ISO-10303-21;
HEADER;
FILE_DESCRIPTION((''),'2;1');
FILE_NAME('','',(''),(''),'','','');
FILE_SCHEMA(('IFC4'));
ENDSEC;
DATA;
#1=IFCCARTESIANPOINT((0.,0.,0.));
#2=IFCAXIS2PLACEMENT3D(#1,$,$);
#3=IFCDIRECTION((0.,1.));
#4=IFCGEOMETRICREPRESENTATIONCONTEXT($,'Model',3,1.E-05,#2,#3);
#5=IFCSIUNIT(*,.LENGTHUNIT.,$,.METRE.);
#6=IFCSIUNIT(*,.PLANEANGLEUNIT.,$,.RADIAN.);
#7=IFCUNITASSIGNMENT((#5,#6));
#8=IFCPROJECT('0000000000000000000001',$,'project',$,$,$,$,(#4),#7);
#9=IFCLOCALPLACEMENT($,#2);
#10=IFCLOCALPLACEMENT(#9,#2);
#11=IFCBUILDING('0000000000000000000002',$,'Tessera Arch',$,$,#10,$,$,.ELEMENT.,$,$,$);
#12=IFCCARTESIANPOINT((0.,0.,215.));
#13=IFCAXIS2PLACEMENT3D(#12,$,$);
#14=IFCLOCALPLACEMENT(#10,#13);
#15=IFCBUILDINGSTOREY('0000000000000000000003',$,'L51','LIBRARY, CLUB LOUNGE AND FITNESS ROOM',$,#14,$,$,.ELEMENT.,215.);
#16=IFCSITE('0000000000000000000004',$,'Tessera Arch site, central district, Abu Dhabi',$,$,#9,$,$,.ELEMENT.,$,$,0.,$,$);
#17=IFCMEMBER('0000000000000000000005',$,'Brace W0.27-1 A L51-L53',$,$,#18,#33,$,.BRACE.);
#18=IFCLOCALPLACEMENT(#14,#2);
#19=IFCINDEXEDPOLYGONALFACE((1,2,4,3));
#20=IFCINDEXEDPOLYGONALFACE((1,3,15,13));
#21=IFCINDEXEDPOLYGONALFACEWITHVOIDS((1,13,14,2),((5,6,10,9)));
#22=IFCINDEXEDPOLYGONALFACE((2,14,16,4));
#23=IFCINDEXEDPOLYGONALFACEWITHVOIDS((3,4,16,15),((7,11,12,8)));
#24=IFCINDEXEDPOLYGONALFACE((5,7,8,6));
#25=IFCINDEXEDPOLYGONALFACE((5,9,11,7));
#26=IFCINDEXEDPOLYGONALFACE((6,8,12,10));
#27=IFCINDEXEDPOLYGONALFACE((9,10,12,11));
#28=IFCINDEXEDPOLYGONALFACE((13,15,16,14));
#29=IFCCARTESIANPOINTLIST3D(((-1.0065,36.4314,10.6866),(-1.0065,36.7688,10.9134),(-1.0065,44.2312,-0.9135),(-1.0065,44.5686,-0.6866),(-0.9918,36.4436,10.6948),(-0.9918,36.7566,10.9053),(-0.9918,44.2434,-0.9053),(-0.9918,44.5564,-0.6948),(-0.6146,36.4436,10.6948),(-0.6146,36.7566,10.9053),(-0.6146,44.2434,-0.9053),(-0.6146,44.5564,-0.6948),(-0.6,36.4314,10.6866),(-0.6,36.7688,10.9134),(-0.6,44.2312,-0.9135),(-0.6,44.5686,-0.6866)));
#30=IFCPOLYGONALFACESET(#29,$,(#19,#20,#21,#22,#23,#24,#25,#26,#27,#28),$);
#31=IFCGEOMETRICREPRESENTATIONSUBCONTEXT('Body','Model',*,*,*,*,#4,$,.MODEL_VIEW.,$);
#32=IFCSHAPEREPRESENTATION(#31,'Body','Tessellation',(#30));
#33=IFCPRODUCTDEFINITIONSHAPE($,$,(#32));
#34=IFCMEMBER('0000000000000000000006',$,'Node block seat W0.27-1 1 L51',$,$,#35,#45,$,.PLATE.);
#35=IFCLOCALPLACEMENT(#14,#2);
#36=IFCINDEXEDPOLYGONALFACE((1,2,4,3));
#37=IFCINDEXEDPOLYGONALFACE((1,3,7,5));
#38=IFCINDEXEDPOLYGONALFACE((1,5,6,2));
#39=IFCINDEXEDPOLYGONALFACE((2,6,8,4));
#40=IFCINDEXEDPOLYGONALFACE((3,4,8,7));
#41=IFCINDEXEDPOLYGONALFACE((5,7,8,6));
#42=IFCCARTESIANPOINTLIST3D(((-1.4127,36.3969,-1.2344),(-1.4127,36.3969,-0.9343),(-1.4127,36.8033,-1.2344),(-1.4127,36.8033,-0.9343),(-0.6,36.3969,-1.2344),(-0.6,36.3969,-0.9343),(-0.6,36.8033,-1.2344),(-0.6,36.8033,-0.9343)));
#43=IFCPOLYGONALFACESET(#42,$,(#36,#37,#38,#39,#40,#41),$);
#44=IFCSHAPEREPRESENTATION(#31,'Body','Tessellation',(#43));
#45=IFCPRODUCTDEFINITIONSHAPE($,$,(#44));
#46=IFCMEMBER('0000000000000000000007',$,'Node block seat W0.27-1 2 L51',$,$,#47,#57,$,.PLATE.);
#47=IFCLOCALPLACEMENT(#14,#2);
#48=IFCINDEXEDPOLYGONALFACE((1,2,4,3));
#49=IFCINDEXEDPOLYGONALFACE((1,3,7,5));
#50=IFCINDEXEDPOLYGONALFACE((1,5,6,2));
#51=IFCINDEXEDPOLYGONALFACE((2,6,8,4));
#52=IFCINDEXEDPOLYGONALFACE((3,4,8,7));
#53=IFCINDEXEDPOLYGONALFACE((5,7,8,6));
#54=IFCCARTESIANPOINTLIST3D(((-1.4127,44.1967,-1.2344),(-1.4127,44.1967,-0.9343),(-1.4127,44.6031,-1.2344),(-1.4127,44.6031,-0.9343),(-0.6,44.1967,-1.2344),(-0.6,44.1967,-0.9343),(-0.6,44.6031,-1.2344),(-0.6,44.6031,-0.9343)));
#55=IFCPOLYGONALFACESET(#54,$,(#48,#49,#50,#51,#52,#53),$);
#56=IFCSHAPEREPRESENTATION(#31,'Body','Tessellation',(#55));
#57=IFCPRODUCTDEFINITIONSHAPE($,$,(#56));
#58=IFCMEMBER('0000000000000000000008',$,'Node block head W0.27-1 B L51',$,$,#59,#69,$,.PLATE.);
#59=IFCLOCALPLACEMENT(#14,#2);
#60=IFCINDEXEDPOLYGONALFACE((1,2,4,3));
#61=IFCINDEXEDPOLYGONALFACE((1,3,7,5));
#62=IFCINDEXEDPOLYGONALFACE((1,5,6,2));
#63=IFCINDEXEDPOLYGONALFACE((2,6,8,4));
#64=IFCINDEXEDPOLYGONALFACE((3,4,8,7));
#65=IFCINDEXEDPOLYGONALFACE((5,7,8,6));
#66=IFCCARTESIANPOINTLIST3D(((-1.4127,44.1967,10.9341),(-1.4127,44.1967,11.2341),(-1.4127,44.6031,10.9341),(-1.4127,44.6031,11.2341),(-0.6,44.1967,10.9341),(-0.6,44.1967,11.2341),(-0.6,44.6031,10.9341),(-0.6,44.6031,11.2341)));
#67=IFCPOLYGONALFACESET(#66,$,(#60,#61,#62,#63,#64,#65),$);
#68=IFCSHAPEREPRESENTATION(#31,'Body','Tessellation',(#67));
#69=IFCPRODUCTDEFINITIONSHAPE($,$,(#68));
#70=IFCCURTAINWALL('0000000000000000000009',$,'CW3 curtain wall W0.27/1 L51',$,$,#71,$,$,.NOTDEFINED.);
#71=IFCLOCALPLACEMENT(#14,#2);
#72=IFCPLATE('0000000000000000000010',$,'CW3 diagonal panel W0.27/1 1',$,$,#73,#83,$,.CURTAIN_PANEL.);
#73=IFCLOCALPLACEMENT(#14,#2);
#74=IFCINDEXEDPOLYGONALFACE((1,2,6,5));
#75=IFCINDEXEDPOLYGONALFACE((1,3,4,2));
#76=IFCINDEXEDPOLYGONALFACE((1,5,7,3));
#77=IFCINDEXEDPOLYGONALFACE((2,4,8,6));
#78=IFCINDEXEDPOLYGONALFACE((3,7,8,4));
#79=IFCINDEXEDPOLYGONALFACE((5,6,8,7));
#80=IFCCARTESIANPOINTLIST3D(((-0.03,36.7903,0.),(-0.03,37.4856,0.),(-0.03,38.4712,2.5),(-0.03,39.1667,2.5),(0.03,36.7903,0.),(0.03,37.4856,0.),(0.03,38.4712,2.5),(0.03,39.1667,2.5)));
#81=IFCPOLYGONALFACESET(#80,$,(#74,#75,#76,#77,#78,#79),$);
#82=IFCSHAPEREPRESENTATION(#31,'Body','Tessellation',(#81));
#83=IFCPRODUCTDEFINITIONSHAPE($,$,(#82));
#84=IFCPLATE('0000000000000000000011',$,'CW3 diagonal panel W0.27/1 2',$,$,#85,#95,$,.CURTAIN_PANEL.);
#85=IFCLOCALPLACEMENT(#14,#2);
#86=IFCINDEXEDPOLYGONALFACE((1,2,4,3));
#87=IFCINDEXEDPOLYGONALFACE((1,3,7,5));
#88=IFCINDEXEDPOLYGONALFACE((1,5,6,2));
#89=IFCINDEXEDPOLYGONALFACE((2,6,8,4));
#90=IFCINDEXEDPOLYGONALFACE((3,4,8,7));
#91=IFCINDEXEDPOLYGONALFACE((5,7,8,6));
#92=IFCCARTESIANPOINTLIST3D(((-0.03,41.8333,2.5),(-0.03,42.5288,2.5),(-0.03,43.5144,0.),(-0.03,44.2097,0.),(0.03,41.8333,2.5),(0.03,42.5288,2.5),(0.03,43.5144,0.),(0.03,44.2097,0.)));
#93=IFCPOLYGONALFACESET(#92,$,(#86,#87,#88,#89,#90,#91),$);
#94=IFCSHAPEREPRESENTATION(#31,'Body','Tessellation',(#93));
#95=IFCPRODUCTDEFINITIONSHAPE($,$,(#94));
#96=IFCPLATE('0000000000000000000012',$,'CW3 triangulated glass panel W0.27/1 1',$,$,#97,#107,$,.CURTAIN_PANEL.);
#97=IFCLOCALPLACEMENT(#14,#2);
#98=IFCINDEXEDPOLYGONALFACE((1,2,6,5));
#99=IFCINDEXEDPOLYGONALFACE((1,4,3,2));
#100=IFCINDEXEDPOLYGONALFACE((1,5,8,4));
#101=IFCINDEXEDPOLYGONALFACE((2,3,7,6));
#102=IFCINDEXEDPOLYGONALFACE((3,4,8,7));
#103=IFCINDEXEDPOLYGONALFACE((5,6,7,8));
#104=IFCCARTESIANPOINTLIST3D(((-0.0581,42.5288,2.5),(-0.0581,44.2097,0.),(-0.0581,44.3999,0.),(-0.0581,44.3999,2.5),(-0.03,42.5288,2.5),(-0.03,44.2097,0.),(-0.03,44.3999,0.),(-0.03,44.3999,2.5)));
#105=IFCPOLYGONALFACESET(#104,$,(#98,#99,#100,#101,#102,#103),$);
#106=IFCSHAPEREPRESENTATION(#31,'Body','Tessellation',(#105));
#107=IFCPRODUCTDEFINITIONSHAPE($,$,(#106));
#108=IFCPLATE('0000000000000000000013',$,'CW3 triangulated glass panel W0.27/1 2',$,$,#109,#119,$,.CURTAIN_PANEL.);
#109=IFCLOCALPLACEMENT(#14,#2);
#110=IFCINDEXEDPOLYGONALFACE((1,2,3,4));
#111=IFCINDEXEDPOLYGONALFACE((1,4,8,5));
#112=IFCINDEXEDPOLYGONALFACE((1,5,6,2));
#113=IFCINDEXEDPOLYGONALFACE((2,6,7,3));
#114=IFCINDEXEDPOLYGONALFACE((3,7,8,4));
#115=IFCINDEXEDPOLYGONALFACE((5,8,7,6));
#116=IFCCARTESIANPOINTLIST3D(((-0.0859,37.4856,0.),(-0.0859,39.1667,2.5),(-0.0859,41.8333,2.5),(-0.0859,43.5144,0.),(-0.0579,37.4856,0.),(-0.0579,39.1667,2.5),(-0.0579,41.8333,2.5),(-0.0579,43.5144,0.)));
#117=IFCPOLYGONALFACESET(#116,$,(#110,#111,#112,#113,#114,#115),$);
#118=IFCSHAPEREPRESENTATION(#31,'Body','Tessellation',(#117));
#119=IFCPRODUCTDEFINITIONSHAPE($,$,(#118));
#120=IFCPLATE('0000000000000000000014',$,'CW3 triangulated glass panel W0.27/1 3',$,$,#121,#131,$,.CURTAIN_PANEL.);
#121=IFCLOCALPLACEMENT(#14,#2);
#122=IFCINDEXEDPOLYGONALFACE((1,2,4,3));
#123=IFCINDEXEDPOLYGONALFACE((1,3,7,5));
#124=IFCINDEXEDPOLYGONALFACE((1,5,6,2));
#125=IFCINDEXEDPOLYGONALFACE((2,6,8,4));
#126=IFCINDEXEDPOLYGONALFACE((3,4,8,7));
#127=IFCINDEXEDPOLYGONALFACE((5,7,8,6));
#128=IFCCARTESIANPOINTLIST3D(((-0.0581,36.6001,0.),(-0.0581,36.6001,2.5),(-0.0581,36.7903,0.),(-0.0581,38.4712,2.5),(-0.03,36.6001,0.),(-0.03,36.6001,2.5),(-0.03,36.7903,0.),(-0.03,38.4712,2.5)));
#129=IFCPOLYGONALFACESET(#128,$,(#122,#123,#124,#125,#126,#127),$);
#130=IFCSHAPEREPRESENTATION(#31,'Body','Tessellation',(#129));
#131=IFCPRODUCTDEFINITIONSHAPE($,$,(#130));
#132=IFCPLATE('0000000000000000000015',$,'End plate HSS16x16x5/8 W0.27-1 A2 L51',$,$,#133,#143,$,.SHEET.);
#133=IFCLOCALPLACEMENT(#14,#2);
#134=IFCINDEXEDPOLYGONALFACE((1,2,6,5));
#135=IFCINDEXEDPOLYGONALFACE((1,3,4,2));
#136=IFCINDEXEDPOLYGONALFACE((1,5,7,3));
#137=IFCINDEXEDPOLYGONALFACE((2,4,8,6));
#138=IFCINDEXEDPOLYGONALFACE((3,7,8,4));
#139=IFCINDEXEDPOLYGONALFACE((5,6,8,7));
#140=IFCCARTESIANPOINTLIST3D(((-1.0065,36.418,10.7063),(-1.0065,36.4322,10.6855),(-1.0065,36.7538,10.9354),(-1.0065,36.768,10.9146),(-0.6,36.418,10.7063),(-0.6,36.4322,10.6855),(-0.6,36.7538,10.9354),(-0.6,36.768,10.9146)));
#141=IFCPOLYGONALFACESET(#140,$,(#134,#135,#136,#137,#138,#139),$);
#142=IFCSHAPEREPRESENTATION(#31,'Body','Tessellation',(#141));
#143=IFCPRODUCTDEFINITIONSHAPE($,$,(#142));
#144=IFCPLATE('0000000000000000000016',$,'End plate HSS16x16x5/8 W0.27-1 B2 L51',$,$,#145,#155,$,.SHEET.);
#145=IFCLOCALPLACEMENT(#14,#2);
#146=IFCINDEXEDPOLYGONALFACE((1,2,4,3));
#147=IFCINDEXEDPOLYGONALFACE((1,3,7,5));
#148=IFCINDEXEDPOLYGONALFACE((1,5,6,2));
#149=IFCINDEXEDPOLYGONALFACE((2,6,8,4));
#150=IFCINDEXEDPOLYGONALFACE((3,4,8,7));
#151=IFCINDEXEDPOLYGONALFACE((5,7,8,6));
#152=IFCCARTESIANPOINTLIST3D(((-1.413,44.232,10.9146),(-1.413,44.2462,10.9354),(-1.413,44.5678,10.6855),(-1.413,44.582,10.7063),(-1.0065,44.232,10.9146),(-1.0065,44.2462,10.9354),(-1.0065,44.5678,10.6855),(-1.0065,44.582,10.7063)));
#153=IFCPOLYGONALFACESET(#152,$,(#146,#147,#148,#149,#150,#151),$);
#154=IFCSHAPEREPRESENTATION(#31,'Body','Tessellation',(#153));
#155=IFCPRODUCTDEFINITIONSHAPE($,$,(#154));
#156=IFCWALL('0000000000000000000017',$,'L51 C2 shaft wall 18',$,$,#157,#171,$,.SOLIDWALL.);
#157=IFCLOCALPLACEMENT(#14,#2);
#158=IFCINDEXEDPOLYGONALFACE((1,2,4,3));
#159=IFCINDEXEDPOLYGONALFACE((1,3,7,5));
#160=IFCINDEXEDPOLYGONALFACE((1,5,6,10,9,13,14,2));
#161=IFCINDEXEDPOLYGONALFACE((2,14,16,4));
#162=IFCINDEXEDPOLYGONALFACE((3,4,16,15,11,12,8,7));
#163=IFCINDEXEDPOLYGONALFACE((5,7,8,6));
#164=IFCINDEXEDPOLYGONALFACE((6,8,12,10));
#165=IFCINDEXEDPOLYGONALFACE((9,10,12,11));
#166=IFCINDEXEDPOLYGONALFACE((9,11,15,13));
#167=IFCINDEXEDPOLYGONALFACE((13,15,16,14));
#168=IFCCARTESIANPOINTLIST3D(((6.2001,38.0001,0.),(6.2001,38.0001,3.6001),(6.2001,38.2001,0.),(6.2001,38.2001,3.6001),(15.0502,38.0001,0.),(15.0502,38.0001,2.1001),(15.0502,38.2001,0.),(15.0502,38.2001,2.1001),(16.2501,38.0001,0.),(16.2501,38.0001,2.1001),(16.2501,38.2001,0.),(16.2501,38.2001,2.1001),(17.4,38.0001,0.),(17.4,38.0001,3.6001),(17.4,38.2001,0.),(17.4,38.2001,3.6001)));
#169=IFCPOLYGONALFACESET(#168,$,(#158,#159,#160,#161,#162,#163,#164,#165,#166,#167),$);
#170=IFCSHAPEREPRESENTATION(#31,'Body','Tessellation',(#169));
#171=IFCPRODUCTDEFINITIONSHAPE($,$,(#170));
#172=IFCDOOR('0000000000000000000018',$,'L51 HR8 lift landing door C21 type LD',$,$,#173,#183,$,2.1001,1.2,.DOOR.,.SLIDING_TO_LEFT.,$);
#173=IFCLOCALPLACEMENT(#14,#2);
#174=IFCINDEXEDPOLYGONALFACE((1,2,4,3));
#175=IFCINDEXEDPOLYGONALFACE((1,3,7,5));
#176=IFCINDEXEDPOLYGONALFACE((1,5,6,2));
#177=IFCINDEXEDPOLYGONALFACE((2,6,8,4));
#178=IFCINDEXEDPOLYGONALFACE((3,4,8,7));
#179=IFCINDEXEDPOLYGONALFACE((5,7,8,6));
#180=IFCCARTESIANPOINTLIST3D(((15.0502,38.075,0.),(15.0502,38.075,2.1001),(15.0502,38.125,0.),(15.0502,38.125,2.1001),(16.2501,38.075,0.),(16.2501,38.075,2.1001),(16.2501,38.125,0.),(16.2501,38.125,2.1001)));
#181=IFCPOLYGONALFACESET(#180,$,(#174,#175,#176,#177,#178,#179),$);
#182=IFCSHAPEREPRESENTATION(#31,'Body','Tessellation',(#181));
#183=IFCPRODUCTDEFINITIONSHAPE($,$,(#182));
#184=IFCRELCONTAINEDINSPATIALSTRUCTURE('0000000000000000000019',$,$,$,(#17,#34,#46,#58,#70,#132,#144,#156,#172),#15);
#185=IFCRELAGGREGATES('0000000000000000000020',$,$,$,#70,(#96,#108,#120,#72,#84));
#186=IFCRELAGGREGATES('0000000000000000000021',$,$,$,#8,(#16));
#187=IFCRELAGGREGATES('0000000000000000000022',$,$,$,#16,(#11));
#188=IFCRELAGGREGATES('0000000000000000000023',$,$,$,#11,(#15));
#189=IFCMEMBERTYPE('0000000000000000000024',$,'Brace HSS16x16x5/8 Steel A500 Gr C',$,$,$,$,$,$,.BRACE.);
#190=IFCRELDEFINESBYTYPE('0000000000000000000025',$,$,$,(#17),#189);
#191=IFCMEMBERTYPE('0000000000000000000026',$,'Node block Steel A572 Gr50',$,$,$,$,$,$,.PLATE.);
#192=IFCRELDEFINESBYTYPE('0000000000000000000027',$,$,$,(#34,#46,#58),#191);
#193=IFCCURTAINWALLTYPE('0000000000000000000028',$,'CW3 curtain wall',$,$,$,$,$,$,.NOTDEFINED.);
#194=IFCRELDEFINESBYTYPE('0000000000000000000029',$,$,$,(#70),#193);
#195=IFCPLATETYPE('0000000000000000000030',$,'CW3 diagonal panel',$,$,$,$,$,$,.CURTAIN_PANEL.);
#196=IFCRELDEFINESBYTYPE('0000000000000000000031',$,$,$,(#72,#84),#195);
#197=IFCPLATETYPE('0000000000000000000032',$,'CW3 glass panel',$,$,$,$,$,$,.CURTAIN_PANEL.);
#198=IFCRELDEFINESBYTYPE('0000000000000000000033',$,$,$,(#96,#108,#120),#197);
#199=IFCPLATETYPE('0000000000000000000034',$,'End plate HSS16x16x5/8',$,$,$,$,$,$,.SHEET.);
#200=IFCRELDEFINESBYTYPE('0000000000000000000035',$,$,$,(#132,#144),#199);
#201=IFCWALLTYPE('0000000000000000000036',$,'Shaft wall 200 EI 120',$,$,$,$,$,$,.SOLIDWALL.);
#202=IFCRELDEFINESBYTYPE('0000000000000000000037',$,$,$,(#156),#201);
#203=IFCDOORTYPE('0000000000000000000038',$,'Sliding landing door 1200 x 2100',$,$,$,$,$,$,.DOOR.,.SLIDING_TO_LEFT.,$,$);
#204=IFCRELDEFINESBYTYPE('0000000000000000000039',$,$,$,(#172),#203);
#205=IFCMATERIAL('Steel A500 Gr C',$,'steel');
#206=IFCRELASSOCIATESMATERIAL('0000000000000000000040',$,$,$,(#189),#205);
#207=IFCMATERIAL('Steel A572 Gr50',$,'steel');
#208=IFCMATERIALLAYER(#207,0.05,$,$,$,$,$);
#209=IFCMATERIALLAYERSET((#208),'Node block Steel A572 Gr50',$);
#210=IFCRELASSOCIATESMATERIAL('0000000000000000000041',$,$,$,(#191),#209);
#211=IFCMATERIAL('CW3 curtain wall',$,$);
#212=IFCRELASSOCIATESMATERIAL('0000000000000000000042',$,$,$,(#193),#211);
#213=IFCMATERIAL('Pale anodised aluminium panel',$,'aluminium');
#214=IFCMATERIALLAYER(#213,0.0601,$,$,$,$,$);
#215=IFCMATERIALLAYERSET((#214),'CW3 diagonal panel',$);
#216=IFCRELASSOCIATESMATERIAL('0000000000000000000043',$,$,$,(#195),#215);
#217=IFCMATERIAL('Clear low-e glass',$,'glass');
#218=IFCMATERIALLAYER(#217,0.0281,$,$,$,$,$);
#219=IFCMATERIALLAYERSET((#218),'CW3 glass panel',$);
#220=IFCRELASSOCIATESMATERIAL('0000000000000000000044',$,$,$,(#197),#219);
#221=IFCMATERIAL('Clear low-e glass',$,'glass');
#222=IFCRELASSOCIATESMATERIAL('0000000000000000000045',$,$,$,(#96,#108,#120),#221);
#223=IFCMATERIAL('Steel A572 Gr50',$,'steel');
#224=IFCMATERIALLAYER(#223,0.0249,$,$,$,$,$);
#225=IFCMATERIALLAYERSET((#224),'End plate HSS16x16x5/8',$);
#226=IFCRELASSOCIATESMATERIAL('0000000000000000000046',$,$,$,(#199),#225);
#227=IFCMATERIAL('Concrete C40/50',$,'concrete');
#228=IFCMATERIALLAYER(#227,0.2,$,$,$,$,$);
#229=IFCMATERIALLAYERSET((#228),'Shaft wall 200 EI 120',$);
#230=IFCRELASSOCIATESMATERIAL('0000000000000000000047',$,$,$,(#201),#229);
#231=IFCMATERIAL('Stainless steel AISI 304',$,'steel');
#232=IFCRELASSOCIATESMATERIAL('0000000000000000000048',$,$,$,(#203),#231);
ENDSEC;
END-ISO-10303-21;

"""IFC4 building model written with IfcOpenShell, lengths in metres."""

from ifc_helpers import new_model, si_unit, direction, frame, frame_2d, origin, origin_2d, place, context, subcontext, project, spatial, polyline, rectangle, hollow_rectangle, outline, extrude, material, layer, layer_set, material_profile, profile_set, type_object, element, fill, aggregate, save


model = new_model("IFC4")

# Units and contexts
model_context = context("Model", 3, precision=1e-05, world=origin(), true_north=direction((0.0, 1.0)))
body_context = subcontext(model_context, "Body", "Model", "MODEL_VIEW")
ifc_project = project(units=[si_unit("LENGTHUNIT", "METRE"), si_unit("PLANEANGLEUNIT", "RADIAN")], contexts=[model_context])

# Site, building, storey
site_placement = place(None, origin())
site = spatial("IfcSite", under=ifc_project, at=site_placement, Name="Tessera Arch site, central district, Abu Dhabi", CompositionType="ELEMENT", RefElevation=0.0)
building_placement = place(site_placement, origin())
building = spatial("IfcBuilding", under=site, at=building_placement, Name="Tessera Arch", CompositionType="ELEMENT")
storey_placement = place(building_placement, frame((0.0, 0.0, 215.0)))
storey = spatial("IfcBuildingStorey", under=building, at=storey_placement, Name="L51", Description="LIBRARY, CLUB LOUNGE AND FITNESS ROOM", CompositionType="ELEMENT", Elevation=215.0)

# Members
ifc_material_1 = material(Name="Steel A500 Gr C", Category="steel")
ifc_material_profile = material_profile(ifc_material_1, hollow_rectangle(XDim=0.4065, YDim=0.4065, WallThickness=0.0146, at=origin_2d()), Name="HSS16x16x5/8")
ifc_profile_set = profile_set([ifc_material_profile], Name="Steel A500 Gr C")
member_type_1 = type_object("IfcMemberType", Name="Brace HSS16x16x5/8 Steel A500 Gr C", PredefinedType="BRACE", material=ifc_profile_set)
member_placement = place(storey_placement, frame((-0.8032, 44.3999, -0.8), z_axis=(0.0, -0.557985, 0.829851), x_axis=(1.0, 0.0, 0.0)))
element("IfcMember", 1, at=member_placement, inside=storey, type_object=member_type_1, Name="Brace W0.27-1 A L51-L53", PredefinedType="BRACE", context=body_context, shape_type="SweptSolid", body=[
    extrude(hollow_rectangle(XDim=0.4065, YDim=0.4065, WallThickness=0.0146, at=origin_2d()), origin(), (0.0, 0.0, 1.0), 13.9785),
])
ifc_material_2 = material(Name="Steel A572 Gr50", Category="steel")
ifc_layer_1 = layer(ifc_material_2, 0.05)
ifc_layer_set_1 = layer_set([ifc_layer_1], Name="Node block Steel A572 Gr50")
member_type_2 = type_object("IfcMemberType", Name="Node block Steel A572 Gr50", PredefinedType="PLATE", material=ifc_layer_set_1)
for number, where, z_axis, x_axis, name in (
    (2, (-1.0063, 36.6001, -1.2344), (0.0, 0.0, 1.0), (0.0, -1.0, 0.0), "Node block seat W0.27-1 1 L51"),
    (3, (-1.0063, 44.3999, -1.2344), (0.0, 0.0, 1.0), (0.0, -1.0, 0.0), "Node block seat W0.27-1 2 L51"),
    (4, (-1.0063, 44.3999, 10.9341), (0.0, 0.0, 1.0), (0.0, -1.0, 0.0), "Node block head W0.27-1 B L51"),
):
    element("IfcMember", number, at=place(storey_placement, frame(where, z_axis=z_axis, x_axis=x_axis)), inside=storey, type_object=member_type_2, Name=name, PredefinedType="PLATE", context=body_context, shape_type="SweptSolid", body=[
        extrude(rectangle(XDim=0.4065, YDim=0.8127, at=origin_2d()), origin(), (0.0, 0.0, 1.0), 0.3),
    ])

# Curtain wall, plates
ifc_material_3 = material(Name="CW3 curtain wall")
curtain_wall_type = type_object("IfcCurtainWallType", Name="CW3 curtain wall", PredefinedType="NOTDEFINED", material=ifc_material_3)
curtain_wall_placement = place(storey_placement, origin())
curtain_wall = element("IfcCurtainWall", 5, at=curtain_wall_placement, inside=storey, type_object=curtain_wall_type, Name="CW3 curtain wall W0.27/1 L51", PredefinedType="NOTDEFINED")
ifc_material_4 = material(Name="Pale anodised aluminium panel", Category="aluminium")
ifc_layer_2 = layer(ifc_material_4, 0.0601)
ifc_layer_set_2 = layer_set([ifc_layer_2], Name="CW3 diagonal panel")
plate_type_1 = type_object("IfcPlateType", Name="CW3 diagonal panel", PredefinedType="CURTAIN_PANEL", material=ifc_layer_set_2)
plate_1_placement = place(storey_placement, frame((-0.03, 38.4712, 2.5), z_axis=(-1.0, 0.0, 0.0), x_axis=(0.0, 1.0, 0.0)))
plate_1 = element("IfcPlate", 6, at=plate_1_placement, type_object=plate_type_1, Name="CW3 diagonal panel W0.27/1 1", PredefinedType="CURTAIN_PANEL", context=body_context, shape_type="SweptSolid", body=[
    extrude(outline(polyline([(0.0, 0.0), (0.6956, 0.0), (-0.9856, 2.5), (-1.6809, 2.5), (0.0, 0.0)])), origin(), (0.0, 0.0, -1.0), 0.0601),
])
plate_2_placement = place(storey_placement, frame((-0.03, 41.8333, 2.5), z_axis=(-1.0, 0.0, 0.0), x_axis=(0.0, 1.0, 0.0)))
plate_2 = element("IfcPlate", 7, at=plate_2_placement, type_object=plate_type_1, Name="CW3 diagonal panel W0.27/1 2", PredefinedType="CURTAIN_PANEL", context=body_context, shape_type="SweptSolid", body=[
    extrude(outline(polyline([(0.0, 0.0), (0.6956, 0.0), (2.3765, 2.5), (1.6812, 2.5), (0.0, 0.0)])), origin(), (0.0, 0.0, -1.0), 0.0601),
])
ifc_material_5 = material(Name="Clear low-e glass", Category="glass")
ifc_material_6 = material(Name="Clear low-e glass", Category="glass")
ifc_layer_3 = layer(ifc_material_6, 0.0281)
ifc_layer_set_3 = layer_set([ifc_layer_3], Name="CW3 glass panel")
plate_type_2 = type_object("IfcPlateType", Name="CW3 glass panel", PredefinedType="CURTAIN_PANEL", material=ifc_layer_set_3)
plate_3_placement = place(storey_placement, frame((-0.0581, 44.3999, 0.0), z_axis=(-1.0, 0.0, 0.0), x_axis=(0.0, -1.0, 0.0)))
plate_3 = element("IfcPlate", 8, at=plate_3_placement, type_object=plate_type_2, material=ifc_material_5, Name="CW3 triangulated glass panel W0.27/1 1", PredefinedType="CURTAIN_PANEL", context=body_context, shape_type="SweptSolid", body=[
    extrude(outline(polyline([(0.0, 0.0), (0.1902, 0.0), (1.8711, 2.5), (0.0, 2.5), (0.0, 0.0)])), origin(), (0.0, 0.0, -1.0), 0.0281),
])
plate_4_placement = place(storey_placement, frame((-0.0859, 39.1667, 2.5), z_axis=(-1.0, 0.0, 0.0), x_axis=(0.0, 1.0, 0.0)))
plate_4 = element("IfcPlate", 9, at=plate_4_placement, type_object=plate_type_2, material=ifc_material_5, Name="CW3 triangulated glass panel W0.27/1 2", PredefinedType="CURTAIN_PANEL", context=body_context, shape_type="SweptSolid", body=[
    extrude(outline(polyline([(0.0, 0.0), (2.6665, 0.0), (4.3477, 2.5), (-1.6812, 2.5), (0.0, 0.0)])), origin(), (0.0, 0.0, -1.0), 0.0281),
])
plate_5_placement = place(storey_placement, frame((-0.0581, 36.6001, 2.5), z_axis=(-1.0, 0.0, 0.0), x_axis=(0.0, 1.0, 0.0)))
plate_5 = element("IfcPlate", 10, at=plate_5_placement, type_object=plate_type_2, material=ifc_material_5, Name="CW3 triangulated glass panel W0.27/1 3", PredefinedType="CURTAIN_PANEL", context=body_context, shape_type="SweptSolid", body=[
    extrude(outline(polyline([(0.0, 0.0), (1.8711, 0.0), (0.1902, 2.5), (0.0, 2.5), (0.0, 0.0)])), origin(), (0.0, 0.0, -1.0), 0.0281),
])
aggregate(curtain_wall, [plate_3, plate_4, plate_5, plate_1, plate_2])

# Plates
ifc_material_7 = material(Name="Steel A572 Gr50", Category="steel")
ifc_layer_4 = layer(ifc_material_7, 0.0249)
ifc_layer_set_4 = layer_set([ifc_layer_4], Name="End plate HSS16x16x5/8")
plate_type_3 = type_object("IfcPlateType", Name="End plate HSS16x16x5/8", PredefinedType="SHEET", material=ifc_layer_set_4)
for number, where, z_axis, x_axis, name in (
    (11, (-0.8032, 36.6001, 10.8), (0.0, -0.563638, 0.826022), (1.0, 0.0, 0.0), "End plate HSS16x16x5/8 W0.27-1 A2 L51"),
    (12, (-1.2097, 44.3999, 10.8), (0.0, 0.563638, 0.826022), (-1.0, 0.0, 0.0), "End plate HSS16x16x5/8 W0.27-1 B2 L51"),
):
    element("IfcPlate", number, at=place(storey_placement, frame(where, z_axis=z_axis, x_axis=x_axis)), inside=storey, type_object=plate_type_3, Name=name, PredefinedType="SHEET", context=body_context, shape_type="SweptSolid", body=[
        extrude(rectangle(XDim=0.4065, YDim=0.4065, at=origin_2d()), origin(), (0.0, 0.0, 1.0), 0.0251),
    ])

# Wall, opening, door
ifc_material_8 = material(Name="Concrete C40/50", Category="concrete")
ifc_layer_5 = layer(ifc_material_8, 0.2)
ifc_layer_set_5 = layer_set([ifc_layer_5], Name="Shaft wall 200 EI 120")
wall_type_1 = type_object("IfcWallType", Name="Shaft wall 200 EI 120", PredefinedType="SOLIDWALL", material=ifc_layer_set_5)
wall_1_placement = place(storey_placement, frame((6.2, 38.1001, 0.0), z_axis=(0.0, 0.0, 1.0), x_axis=(1.0, 0.0, 0.0)))
wall_1 = element("IfcWall", 13, at=wall_1_placement, inside=storey, type_object=wall_type_1, Name="L51 C2 shaft wall 18", PredefinedType="SOLIDWALL", context=body_context, shape_type="SweptSolid", body=[
    extrude(rectangle(XDim=11.2, YDim=0.2, at=frame_2d((5.6001, 0.0))), origin(), (0.0, 0.0, 1.0), 3.6001),
])
opening_placement = place(wall_1_placement, frame((8.8501, 0.0, 0.0)))
opening = element("IfcOpeningElement", 14, at=opening_placement, cuts=wall_1, PredefinedType="OPENING", context=body_context, shape_type="SweptSolid", body=[
    extrude(rectangle(XDim=1.2, YDim=2.1001, at=frame_2d((0.6001, 1.05))), frame((0.0, 0.1099, 0.0), z_axis=(0.0, -1.0, 0.0), x_axis=(1.0, 0.0, 0.0)), (0.0, 0.0, 1.0), 0.22),
])
ifc_material_9 = material(Name="Stainless steel AISI 304", Category="steel")
door_type = type_object("IfcDoorType", Name="Sliding landing door 1200 x 2100", OperationType="SLIDING_TO_LEFT", PredefinedType="DOOR", material=ifc_material_9)
door_placement = place(opening_placement, origin())
door = element("IfcDoor", 15, at=door_placement, inside=storey, type_object=door_type, Name="L51 HR8 lift landing door C21 type LD", OperationType="SLIDING_TO_LEFT", OverallHeight=2.1001, OverallWidth=1.2, PredefinedType="DOOR", context=body_context, shape_type="SweptSolid", body=[
    extrude(rectangle(XDim=1.2, YDim=2.1001, at=frame_2d((0.6001, 1.05))), frame((0.0, 0.0249, 0.0), z_axis=(0.0, -1.0, 0.0), x_axis=(1.0, 0.0, 0.0)), (0.0, 0.0, 1.0), 0.05),
])
fill(opening, door)

save(model, "model.ifc")
